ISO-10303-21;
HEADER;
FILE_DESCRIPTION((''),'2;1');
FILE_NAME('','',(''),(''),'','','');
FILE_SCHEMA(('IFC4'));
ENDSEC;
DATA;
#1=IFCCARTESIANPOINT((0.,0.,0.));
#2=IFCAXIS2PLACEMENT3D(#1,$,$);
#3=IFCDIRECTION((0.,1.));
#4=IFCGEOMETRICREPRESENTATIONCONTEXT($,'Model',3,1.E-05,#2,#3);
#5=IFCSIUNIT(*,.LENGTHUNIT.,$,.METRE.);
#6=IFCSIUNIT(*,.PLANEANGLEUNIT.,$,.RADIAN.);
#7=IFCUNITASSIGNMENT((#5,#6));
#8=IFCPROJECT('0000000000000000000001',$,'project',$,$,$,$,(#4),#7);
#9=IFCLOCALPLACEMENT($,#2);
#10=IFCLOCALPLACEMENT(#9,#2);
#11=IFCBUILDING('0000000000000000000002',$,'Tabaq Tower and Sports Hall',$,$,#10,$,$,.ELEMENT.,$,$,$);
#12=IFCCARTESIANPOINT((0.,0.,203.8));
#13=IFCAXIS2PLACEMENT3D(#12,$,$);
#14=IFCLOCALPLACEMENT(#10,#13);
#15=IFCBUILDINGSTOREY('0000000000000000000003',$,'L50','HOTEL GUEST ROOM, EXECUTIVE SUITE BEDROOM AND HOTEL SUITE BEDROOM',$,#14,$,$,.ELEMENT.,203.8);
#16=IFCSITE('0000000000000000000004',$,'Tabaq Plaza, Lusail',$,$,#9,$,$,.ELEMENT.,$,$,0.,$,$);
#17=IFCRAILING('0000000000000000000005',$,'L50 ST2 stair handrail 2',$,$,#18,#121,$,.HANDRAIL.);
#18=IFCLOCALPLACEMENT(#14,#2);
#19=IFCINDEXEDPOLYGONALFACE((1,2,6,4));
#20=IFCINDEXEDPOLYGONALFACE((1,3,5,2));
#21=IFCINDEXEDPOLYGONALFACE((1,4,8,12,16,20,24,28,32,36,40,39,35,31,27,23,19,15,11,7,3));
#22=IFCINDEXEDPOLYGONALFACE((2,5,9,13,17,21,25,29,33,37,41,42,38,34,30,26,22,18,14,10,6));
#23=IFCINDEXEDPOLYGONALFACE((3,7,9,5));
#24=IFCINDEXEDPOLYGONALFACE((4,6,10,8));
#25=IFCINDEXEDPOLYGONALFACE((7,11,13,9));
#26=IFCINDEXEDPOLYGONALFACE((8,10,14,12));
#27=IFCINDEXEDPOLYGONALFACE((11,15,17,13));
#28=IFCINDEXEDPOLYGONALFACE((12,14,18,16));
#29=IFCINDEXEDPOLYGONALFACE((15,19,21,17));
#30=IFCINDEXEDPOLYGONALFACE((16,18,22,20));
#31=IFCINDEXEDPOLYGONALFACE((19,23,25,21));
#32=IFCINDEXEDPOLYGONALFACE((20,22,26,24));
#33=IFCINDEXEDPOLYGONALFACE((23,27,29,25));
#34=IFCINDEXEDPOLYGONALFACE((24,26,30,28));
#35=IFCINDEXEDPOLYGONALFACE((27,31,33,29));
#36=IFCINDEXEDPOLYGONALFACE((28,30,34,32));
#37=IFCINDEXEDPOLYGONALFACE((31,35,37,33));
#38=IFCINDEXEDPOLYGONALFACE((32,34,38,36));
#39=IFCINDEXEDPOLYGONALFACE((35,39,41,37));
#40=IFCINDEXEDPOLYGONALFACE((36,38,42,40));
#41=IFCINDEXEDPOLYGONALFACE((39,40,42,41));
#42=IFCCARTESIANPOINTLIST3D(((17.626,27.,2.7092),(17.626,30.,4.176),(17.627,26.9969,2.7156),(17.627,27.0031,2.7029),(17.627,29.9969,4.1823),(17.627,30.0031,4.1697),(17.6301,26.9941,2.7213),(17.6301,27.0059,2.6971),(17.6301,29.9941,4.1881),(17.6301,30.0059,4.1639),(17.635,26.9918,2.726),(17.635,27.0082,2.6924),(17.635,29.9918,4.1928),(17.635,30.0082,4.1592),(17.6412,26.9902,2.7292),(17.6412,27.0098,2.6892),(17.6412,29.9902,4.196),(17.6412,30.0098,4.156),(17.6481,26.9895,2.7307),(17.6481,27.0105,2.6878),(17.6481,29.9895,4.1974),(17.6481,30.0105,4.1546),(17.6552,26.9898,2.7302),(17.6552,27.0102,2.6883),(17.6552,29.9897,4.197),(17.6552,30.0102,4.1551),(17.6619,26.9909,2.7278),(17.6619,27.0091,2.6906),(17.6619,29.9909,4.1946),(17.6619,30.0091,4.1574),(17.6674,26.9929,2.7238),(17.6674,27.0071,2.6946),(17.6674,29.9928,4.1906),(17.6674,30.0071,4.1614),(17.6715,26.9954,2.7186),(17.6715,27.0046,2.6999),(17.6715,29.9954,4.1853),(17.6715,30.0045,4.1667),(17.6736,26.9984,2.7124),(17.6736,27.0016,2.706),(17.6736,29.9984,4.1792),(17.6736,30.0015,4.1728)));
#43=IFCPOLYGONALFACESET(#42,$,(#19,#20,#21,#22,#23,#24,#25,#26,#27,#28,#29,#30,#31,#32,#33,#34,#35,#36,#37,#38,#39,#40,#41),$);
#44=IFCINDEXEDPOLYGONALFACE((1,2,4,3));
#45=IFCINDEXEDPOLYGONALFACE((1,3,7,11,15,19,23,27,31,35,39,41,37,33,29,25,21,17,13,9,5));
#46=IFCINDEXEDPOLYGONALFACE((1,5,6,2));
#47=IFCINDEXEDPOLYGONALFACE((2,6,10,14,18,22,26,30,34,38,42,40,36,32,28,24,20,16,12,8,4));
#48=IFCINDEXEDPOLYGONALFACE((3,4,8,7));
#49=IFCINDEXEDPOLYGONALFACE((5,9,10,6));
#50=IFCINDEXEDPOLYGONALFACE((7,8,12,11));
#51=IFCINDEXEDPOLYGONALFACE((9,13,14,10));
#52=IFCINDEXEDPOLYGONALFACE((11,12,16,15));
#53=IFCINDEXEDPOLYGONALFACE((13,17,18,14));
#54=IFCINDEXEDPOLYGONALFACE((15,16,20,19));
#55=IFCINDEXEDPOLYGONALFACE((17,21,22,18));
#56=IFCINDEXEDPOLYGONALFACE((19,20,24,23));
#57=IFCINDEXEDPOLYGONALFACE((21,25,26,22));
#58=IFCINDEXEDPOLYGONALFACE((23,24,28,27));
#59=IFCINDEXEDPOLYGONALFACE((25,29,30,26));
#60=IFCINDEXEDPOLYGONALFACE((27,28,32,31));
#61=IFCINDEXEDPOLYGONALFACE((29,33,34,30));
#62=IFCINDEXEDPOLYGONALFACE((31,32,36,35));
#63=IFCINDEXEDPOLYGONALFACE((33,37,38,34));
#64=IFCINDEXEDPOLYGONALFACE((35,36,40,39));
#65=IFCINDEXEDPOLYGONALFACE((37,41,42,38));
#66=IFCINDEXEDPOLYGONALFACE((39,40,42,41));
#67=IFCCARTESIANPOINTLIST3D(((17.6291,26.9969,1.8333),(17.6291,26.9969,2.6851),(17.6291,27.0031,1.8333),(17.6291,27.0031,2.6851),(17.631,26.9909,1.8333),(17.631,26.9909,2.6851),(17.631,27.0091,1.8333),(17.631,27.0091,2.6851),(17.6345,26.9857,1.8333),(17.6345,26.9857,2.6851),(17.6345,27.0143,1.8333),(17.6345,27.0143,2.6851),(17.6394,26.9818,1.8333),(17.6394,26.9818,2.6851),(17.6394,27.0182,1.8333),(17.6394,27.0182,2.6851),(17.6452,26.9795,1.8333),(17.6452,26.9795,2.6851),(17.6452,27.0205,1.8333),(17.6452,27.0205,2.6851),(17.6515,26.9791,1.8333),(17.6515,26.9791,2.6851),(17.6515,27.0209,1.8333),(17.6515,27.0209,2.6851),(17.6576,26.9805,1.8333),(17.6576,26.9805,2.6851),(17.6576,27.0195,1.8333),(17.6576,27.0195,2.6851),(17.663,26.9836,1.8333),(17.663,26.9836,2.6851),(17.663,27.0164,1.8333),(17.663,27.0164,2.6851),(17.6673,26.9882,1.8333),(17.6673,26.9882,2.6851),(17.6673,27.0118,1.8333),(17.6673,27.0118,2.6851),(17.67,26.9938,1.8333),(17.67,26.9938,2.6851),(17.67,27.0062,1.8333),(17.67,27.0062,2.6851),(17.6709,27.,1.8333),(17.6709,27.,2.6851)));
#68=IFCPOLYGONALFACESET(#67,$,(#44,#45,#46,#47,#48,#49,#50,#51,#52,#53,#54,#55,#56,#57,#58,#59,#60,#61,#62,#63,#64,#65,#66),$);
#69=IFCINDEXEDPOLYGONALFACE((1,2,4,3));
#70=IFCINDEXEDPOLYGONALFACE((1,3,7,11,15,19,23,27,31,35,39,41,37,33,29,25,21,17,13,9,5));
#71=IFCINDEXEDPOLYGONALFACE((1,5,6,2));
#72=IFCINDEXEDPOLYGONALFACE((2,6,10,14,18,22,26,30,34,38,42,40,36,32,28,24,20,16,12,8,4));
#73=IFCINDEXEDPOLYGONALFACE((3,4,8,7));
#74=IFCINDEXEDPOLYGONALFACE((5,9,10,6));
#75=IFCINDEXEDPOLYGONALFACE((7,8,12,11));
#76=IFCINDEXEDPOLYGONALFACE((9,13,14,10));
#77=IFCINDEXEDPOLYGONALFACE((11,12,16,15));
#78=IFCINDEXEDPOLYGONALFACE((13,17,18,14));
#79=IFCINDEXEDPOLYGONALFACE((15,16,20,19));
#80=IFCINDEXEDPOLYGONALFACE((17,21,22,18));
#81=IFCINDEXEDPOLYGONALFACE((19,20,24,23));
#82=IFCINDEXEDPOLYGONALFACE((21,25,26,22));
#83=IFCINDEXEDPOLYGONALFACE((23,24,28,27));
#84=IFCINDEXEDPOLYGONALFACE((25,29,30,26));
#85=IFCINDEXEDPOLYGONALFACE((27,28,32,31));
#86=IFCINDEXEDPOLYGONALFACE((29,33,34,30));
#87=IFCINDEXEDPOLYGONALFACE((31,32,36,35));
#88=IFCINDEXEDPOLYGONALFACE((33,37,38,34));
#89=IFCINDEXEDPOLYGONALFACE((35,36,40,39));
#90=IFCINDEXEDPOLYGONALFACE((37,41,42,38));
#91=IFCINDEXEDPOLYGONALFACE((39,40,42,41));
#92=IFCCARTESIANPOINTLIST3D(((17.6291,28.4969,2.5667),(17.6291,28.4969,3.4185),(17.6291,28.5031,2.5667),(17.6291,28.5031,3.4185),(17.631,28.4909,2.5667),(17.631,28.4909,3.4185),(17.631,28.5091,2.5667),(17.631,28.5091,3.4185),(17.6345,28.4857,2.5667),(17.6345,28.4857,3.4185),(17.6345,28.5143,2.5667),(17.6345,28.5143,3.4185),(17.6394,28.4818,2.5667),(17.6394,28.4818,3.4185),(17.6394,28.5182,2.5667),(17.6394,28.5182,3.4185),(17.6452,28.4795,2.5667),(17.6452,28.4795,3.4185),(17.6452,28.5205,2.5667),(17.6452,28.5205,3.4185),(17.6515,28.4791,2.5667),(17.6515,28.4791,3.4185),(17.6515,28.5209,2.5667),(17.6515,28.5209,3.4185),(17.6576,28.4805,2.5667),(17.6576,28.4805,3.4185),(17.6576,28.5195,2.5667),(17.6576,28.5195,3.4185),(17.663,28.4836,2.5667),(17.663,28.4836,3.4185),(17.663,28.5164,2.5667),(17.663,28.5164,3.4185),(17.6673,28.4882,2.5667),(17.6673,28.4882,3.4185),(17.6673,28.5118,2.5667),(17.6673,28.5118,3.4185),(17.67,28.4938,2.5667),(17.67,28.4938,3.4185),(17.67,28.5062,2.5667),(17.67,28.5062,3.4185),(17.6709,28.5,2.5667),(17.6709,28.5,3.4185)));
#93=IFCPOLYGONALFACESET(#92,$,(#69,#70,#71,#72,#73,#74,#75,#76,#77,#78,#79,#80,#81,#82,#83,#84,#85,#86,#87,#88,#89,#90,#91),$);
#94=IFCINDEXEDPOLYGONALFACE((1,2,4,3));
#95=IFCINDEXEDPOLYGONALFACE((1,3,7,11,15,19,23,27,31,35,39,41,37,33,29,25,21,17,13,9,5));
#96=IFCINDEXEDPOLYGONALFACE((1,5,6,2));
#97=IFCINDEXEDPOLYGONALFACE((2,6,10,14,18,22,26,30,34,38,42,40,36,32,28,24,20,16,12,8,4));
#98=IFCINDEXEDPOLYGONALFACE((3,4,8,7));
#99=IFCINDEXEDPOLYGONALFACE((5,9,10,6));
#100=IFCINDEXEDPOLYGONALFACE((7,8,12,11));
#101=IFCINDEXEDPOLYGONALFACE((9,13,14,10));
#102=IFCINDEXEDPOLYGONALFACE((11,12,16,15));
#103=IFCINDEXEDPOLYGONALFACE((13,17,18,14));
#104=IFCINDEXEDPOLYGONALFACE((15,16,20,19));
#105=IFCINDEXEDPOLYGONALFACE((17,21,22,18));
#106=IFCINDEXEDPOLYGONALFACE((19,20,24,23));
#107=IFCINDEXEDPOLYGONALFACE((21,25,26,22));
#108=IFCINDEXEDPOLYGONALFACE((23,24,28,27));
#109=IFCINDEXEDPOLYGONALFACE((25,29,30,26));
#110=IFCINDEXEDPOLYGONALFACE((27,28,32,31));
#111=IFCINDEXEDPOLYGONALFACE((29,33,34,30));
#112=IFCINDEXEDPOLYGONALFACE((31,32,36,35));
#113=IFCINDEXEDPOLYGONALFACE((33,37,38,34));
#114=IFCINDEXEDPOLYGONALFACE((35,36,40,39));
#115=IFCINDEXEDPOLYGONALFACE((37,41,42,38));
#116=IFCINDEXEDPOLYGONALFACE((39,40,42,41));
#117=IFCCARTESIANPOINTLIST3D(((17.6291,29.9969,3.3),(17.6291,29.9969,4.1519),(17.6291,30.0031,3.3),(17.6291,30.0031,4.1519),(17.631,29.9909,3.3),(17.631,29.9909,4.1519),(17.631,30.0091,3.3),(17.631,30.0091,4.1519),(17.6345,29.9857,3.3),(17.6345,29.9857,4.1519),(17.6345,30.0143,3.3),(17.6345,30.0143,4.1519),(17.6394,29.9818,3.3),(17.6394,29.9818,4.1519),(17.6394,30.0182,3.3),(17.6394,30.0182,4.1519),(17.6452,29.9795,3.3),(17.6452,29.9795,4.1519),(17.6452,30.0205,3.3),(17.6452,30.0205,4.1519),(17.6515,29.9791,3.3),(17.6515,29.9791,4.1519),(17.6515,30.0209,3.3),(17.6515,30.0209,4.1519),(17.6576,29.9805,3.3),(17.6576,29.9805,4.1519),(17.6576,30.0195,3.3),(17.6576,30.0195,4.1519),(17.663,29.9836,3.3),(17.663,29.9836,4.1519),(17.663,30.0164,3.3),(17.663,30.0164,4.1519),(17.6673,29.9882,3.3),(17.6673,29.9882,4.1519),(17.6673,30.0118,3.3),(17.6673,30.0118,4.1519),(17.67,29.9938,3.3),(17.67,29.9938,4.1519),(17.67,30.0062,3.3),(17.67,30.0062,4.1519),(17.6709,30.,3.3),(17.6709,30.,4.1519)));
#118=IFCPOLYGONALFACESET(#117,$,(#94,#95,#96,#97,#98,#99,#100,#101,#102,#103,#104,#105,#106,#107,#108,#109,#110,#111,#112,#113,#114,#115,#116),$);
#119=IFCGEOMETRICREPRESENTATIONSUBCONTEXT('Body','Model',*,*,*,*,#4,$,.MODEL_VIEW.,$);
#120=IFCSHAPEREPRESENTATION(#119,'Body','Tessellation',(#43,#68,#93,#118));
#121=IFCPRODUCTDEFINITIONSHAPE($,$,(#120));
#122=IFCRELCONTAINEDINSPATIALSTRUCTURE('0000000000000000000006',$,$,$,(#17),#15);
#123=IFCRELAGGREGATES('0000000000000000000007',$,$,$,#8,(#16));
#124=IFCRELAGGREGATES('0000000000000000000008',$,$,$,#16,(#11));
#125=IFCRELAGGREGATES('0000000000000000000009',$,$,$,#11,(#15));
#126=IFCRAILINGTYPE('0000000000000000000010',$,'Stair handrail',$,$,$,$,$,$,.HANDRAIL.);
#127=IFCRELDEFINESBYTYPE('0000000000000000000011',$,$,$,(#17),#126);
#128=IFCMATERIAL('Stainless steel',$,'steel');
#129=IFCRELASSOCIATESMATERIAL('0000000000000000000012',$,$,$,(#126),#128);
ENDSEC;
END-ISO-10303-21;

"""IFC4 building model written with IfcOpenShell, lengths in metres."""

from ifc_helpers import new_model, si_unit, direction, frame, origin, origin_2d, place, context, subcontext, project, spatial, circle, extrude, material, type_object, element, save


model = new_model("IFC4")

# Units and contexts
model_context = context("Model", 3, precision=1e-05, world=origin(), true_north=direction((0.0, 1.0)))
body_context = subcontext(model_context, "Body", "Model", "MODEL_VIEW")
ifc_project = project(units=[si_unit("LENGTHUNIT", "METRE"), si_unit("PLANEANGLEUNIT", "RADIAN")], contexts=[model_context])

# Site, building, storey
site_placement = place(None, origin())
site = spatial("IfcSite", under=ifc_project, at=site_placement, Name="Tabaq Plaza, Lusail", CompositionType="ELEMENT", RefElevation=0.0)
building_placement = place(site_placement, origin())
building = spatial("IfcBuilding", under=site, at=building_placement, Name="Tabaq Tower and Sports Hall", CompositionType="ELEMENT")
storey_placement = place(building_placement, frame((0.0, 0.0, 203.8)))
storey = spatial("IfcBuildingStorey", under=building, at=storey_placement, Name="L50", Description="HOTEL GUEST ROOM, EXECUTIVE SUITE BEDROOM AND HOTEL SUITE BEDROOM", CompositionType="ELEMENT", Elevation=203.8)

# Railing
ifc_material_1 = material(Name="Stainless steel", Category="steel")
railing_type = type_object("IfcRailingType", Name="Stair handrail", PredefinedType="HANDRAIL", material=ifc_material_1)
railing_placement = place(storey_placement, frame((17.6499, 27.0, 1.8333)))
element("IfcRailing", 1, at=railing_placement, inside=storey, type_object=railing_type, Name="L50 ST2 stair handrail 2", PredefinedType="HANDRAIL", context=body_context, shape_type="SweptSolid", body=[
    extrude(circle(Radius=0.0239, at=origin_2d()), frame((0.0, 0.0, 0.876), z_axis=(0.0, 0.898369, 0.439242), x_axis=(-1.0, 0.0, 0.0)), (0.0, 0.0, 1.0), 3.3394),
    extrude(circle(Radius=0.021, at=origin_2d()), origin(), (0.0, 0.0, 1.0), 0.8518),
    extrude(circle(Radius=0.021, at=origin_2d()), frame((0.0, 1.5, 0.7334)), (0.0, 0.0, 1.0), 0.8518),
    extrude(circle(Radius=0.021, at=origin_2d()), frame((0.0, 3.0, 1.4668)), (0.0, 0.0, 1.0), 0.8518),
])

save(model, "model.ifc")
